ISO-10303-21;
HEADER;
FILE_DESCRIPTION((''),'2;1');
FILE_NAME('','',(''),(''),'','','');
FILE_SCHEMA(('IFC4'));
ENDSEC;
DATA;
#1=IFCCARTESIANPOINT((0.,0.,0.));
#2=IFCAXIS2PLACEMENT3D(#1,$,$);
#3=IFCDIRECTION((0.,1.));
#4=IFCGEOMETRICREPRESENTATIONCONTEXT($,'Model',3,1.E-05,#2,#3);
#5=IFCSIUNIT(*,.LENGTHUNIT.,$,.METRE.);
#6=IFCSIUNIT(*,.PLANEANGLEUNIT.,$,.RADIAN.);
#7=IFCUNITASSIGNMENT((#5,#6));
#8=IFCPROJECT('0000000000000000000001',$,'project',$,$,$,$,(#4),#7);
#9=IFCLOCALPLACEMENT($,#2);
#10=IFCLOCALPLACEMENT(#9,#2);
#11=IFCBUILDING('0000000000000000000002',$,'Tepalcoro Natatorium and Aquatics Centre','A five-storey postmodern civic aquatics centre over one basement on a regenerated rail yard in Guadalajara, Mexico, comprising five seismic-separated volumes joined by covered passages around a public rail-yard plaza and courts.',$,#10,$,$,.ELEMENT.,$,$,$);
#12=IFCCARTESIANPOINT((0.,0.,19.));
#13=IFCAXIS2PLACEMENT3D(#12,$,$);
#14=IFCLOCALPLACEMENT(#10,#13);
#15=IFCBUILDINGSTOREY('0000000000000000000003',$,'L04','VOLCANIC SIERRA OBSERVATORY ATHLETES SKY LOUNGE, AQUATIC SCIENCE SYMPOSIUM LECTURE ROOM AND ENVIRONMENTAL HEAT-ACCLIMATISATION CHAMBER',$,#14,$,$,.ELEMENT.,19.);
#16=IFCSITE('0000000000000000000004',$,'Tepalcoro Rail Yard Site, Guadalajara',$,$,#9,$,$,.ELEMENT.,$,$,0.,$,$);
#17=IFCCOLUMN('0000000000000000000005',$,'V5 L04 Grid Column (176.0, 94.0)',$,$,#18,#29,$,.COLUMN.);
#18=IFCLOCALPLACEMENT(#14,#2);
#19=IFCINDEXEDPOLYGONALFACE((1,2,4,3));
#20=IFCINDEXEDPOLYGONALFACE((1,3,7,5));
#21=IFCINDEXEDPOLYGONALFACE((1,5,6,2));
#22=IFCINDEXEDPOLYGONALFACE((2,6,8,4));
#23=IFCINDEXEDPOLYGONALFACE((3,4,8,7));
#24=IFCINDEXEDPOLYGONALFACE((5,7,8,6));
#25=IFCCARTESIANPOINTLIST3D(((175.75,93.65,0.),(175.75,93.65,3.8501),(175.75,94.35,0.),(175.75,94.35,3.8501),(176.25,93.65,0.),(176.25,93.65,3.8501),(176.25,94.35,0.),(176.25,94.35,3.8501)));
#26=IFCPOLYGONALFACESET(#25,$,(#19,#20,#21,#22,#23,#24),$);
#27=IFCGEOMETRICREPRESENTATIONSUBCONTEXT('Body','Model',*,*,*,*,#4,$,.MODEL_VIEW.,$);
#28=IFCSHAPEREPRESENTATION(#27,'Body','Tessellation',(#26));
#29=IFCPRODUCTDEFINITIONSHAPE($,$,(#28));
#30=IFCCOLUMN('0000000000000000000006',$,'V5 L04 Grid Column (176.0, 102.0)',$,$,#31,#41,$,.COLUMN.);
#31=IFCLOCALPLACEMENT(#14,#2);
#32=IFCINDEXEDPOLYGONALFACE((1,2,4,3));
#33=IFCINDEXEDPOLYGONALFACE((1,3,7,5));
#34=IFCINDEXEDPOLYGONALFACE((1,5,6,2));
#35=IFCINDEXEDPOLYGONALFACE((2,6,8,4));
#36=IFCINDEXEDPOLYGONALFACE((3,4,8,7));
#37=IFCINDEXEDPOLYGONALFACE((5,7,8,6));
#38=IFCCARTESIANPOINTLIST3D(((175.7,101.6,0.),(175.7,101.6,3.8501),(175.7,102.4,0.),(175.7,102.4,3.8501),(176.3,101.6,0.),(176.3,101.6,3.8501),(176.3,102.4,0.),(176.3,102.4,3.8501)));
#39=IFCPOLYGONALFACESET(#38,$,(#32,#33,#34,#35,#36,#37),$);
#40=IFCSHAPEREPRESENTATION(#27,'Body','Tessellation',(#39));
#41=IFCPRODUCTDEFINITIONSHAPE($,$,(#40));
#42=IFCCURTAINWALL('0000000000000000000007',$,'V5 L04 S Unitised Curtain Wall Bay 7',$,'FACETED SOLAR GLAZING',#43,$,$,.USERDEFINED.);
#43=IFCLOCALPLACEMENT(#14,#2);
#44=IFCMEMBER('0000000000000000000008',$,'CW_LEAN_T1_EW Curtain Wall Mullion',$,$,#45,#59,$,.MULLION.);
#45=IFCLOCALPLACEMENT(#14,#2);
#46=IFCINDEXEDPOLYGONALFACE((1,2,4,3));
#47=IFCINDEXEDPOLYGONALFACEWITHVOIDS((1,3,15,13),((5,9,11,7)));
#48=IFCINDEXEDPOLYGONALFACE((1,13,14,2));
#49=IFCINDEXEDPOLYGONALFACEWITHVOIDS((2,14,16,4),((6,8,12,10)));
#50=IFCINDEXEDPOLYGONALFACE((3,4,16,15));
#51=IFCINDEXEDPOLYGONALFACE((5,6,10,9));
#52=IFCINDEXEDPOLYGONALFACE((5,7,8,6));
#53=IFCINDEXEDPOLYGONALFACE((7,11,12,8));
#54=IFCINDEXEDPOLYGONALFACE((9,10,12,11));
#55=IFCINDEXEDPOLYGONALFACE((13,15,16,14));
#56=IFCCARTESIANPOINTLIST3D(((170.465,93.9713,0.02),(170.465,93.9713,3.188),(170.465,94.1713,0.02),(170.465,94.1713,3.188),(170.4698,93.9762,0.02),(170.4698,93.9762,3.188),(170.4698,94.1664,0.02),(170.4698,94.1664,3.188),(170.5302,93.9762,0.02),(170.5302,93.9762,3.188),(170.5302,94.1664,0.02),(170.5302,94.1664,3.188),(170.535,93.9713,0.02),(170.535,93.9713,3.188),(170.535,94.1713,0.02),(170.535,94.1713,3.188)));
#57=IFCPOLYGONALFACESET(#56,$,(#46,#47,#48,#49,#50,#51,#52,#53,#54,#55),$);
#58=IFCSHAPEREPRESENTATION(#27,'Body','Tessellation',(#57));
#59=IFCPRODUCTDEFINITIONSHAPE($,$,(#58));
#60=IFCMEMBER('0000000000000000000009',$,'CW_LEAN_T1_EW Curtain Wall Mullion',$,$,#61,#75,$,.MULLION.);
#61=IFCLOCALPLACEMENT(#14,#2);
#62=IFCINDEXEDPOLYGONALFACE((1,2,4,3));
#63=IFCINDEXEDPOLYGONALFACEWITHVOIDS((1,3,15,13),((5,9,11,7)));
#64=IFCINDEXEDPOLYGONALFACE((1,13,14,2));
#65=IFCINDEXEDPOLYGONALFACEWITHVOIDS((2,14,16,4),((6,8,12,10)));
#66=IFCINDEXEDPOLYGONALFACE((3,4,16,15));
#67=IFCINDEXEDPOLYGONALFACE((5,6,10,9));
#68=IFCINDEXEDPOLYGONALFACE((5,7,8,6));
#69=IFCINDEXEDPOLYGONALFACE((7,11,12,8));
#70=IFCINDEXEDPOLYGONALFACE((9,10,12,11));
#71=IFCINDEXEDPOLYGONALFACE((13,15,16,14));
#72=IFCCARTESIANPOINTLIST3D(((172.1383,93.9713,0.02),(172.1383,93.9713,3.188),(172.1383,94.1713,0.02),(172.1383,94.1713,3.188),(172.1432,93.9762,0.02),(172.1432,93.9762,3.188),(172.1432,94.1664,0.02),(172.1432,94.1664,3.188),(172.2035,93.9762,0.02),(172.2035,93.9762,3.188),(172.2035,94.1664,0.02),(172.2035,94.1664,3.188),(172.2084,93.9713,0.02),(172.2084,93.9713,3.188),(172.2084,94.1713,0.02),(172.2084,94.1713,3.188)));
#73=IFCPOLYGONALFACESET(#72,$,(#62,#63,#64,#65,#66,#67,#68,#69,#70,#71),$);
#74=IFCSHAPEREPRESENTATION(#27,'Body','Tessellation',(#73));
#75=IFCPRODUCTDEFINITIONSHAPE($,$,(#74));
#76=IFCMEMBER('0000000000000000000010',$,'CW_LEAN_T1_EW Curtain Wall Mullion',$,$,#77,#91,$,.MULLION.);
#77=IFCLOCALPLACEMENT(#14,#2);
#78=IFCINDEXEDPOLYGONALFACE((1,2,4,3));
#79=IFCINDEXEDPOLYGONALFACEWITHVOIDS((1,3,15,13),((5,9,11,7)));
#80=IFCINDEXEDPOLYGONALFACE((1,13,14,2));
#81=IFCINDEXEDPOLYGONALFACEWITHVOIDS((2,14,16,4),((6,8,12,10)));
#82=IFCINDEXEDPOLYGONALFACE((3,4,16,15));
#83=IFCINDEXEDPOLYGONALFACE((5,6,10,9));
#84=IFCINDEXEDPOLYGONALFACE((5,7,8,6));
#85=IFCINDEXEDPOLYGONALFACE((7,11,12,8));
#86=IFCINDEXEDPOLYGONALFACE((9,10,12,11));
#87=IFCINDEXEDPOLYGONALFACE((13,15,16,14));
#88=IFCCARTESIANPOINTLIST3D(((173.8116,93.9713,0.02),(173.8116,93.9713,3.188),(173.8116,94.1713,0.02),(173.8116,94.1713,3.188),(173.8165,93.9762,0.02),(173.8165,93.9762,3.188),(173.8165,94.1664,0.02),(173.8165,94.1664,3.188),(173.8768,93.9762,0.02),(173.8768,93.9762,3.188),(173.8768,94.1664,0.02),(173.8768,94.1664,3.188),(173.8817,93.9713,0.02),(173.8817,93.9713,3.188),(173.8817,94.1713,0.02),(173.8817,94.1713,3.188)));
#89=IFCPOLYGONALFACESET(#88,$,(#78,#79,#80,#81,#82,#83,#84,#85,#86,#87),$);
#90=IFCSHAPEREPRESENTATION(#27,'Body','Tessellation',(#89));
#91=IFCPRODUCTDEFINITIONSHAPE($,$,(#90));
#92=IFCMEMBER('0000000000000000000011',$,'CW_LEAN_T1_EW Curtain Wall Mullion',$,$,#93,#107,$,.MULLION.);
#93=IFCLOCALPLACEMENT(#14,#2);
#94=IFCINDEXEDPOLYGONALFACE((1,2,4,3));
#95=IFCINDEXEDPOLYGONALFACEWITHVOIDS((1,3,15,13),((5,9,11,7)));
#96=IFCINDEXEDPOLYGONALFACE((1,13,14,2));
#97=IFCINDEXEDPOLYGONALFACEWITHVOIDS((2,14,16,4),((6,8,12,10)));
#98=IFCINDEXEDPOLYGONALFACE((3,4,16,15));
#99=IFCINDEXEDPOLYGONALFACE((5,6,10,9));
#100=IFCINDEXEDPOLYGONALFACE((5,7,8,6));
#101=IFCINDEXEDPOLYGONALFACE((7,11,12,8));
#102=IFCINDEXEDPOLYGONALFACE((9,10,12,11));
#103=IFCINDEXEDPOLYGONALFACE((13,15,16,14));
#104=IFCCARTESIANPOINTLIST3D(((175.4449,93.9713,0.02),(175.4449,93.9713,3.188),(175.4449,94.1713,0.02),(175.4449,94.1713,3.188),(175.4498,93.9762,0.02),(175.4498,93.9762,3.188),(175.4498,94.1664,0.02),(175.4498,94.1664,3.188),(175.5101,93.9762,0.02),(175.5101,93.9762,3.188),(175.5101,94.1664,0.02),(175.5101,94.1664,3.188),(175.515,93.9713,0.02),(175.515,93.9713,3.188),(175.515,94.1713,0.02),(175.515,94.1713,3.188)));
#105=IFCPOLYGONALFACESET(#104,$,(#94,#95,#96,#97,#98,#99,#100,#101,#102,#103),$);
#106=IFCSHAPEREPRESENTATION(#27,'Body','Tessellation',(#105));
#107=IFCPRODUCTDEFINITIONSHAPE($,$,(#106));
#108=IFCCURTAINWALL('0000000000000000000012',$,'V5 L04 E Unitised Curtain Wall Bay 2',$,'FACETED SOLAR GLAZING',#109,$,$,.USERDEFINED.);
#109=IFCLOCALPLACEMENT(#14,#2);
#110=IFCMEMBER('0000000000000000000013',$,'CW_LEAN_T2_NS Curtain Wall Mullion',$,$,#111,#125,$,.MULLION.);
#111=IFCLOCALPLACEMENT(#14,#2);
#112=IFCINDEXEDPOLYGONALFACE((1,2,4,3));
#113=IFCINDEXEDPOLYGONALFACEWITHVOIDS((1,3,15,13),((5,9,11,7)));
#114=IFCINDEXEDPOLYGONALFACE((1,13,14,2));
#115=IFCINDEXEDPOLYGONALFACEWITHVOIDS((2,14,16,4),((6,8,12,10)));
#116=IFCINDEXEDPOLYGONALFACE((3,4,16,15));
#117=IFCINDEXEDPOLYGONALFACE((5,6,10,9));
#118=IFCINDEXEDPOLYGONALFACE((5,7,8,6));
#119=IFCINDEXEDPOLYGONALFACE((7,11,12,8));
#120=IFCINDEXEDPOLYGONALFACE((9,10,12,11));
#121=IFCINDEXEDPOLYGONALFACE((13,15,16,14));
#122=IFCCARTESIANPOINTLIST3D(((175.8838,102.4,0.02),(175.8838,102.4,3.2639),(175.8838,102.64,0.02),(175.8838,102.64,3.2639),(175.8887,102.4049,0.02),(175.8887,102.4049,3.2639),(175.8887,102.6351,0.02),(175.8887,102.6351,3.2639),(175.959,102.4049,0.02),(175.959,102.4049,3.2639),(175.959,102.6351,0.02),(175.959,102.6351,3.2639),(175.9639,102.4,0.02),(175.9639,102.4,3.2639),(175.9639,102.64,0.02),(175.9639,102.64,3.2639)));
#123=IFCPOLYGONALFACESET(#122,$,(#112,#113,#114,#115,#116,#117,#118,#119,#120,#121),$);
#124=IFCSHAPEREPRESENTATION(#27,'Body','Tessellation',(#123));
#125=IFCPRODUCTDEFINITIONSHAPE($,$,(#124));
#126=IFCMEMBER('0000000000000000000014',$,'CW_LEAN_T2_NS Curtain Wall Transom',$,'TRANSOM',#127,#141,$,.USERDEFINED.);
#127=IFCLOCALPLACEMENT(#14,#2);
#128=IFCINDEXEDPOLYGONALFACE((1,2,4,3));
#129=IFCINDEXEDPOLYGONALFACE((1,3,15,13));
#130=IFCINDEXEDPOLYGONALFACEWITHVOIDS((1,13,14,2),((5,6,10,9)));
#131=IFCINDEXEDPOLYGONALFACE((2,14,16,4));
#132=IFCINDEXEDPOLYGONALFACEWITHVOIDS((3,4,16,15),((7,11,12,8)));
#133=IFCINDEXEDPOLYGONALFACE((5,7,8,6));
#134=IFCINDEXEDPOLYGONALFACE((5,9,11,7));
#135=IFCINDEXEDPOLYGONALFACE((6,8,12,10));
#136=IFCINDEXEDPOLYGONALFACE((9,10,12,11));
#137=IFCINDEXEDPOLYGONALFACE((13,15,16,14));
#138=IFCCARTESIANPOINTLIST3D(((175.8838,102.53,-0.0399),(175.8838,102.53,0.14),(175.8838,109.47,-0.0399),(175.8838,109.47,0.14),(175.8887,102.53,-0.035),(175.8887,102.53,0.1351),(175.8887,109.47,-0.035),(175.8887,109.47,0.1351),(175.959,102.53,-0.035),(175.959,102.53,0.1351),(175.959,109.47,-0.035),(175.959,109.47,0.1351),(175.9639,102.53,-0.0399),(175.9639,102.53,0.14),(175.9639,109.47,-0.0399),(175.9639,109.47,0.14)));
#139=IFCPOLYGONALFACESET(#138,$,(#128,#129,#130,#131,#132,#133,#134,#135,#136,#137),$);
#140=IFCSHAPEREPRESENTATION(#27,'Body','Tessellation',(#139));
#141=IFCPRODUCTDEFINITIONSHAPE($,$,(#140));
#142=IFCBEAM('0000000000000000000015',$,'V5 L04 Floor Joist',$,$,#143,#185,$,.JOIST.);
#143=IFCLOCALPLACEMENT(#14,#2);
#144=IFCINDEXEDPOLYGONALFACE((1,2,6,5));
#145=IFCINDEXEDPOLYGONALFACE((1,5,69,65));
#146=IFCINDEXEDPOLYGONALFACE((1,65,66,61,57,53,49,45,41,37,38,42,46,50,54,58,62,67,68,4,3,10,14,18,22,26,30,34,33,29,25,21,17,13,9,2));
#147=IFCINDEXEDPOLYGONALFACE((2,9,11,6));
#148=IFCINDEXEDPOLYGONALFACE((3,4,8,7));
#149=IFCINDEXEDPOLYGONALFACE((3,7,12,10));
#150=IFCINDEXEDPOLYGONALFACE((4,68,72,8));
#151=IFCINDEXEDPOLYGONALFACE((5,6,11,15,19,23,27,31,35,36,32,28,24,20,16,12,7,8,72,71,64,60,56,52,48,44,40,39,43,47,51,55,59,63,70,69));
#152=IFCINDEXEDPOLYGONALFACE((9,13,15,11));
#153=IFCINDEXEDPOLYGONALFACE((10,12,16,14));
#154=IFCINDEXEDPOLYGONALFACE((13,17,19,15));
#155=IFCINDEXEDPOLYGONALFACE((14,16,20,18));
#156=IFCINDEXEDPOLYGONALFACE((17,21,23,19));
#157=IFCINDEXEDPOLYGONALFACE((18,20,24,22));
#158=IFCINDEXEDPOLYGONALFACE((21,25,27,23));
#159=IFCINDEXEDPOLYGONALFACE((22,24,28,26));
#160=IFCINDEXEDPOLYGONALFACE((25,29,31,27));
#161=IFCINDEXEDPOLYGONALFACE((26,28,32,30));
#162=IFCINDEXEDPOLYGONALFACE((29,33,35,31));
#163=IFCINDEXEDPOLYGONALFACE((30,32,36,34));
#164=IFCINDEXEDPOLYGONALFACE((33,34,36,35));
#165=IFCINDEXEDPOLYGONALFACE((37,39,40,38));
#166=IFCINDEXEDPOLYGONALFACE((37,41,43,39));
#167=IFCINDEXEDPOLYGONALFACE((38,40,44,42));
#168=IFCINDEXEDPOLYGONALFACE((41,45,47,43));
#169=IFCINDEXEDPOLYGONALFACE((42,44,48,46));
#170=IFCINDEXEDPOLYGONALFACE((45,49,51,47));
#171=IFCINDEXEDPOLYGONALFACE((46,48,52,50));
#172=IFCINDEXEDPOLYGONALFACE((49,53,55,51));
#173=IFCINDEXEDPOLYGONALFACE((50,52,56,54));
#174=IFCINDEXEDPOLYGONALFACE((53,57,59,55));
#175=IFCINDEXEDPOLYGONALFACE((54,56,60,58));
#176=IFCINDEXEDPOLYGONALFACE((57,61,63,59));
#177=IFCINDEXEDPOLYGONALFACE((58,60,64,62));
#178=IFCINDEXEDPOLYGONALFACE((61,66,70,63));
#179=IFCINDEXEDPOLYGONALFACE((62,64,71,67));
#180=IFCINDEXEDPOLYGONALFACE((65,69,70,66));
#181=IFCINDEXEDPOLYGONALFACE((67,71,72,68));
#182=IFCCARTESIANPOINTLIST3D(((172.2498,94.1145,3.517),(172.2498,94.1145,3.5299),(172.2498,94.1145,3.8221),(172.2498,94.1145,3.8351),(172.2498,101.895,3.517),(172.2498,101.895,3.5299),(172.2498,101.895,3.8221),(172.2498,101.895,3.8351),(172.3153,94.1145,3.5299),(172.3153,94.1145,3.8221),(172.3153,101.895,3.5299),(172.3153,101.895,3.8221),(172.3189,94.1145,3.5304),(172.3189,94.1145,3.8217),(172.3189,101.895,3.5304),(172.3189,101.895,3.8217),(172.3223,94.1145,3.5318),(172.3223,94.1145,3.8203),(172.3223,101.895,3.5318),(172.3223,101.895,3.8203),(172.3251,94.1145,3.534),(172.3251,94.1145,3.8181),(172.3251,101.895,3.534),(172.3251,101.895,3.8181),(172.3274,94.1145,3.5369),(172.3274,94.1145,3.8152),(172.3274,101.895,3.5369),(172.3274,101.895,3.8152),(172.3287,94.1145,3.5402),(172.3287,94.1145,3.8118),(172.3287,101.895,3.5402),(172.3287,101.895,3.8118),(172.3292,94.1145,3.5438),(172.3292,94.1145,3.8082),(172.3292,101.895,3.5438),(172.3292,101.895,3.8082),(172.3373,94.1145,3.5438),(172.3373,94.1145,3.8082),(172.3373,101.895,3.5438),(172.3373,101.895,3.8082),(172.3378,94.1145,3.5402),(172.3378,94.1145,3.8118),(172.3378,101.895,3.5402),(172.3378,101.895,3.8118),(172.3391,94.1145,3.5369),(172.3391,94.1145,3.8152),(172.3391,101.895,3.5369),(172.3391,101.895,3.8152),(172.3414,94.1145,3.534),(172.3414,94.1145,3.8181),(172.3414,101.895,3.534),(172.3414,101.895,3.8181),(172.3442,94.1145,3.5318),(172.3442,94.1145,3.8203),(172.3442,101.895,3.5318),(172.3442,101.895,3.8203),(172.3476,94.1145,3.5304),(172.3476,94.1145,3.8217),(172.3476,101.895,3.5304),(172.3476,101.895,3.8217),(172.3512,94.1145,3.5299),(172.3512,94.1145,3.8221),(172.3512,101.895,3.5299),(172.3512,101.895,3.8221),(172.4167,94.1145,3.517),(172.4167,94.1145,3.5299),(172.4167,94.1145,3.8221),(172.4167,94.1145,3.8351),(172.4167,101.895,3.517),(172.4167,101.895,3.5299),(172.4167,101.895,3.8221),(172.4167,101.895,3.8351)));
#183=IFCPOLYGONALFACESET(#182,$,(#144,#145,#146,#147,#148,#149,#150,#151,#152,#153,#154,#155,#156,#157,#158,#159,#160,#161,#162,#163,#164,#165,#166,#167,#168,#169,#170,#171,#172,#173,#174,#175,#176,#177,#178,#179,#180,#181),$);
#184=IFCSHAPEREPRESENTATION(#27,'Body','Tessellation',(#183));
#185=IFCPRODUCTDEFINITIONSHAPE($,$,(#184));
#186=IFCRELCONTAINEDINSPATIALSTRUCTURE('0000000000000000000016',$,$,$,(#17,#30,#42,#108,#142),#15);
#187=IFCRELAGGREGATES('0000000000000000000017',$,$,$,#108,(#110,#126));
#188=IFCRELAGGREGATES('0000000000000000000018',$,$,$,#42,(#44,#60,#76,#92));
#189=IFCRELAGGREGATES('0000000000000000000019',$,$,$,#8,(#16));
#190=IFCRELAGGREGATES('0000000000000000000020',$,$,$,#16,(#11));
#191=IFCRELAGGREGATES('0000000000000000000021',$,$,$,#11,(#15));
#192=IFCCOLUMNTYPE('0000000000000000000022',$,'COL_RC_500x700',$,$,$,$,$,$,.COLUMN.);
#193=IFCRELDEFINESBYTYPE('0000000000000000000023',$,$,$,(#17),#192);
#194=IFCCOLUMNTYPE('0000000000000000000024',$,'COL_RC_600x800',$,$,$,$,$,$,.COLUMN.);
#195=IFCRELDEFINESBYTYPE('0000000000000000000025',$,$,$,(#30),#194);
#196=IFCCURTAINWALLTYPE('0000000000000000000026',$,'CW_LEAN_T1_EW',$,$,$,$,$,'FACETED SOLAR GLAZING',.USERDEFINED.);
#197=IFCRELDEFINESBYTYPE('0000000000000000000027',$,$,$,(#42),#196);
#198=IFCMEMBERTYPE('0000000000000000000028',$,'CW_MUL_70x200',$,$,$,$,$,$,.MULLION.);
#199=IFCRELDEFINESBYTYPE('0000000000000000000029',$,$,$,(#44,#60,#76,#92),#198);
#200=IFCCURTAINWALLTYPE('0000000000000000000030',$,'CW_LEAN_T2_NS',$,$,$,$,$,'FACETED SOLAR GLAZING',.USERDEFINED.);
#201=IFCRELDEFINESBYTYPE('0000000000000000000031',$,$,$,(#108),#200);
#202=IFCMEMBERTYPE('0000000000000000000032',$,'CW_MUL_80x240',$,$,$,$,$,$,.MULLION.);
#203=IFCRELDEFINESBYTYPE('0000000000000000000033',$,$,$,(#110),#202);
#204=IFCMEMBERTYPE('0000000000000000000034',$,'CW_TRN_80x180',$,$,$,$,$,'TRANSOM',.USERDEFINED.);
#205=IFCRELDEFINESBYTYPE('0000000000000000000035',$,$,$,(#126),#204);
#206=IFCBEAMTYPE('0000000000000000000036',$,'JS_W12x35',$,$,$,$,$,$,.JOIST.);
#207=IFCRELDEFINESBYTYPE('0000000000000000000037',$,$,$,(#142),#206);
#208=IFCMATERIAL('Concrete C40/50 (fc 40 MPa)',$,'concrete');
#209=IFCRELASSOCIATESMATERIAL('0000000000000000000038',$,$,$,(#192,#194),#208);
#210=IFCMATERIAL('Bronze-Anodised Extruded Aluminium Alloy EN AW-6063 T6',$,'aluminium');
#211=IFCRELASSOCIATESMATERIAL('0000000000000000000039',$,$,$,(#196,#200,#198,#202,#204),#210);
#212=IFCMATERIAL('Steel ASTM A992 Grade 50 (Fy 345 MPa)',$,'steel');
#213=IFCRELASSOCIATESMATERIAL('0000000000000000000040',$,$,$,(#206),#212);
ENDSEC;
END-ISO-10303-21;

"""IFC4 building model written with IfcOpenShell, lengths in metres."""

from ifc_helpers import new_model, si_unit, direction, frame, origin, origin_2d, place, context, subcontext, project, spatial, rectangle, hollow_rectangle, i_section, extrude, material, material_profile, profile_set, type_object, element, aggregate, save


model = new_model("IFC4")

# Units and contexts
model_context = context("Model", 3, precision=1e-05, world=origin(), true_north=direction((0.0, 1.0)))
body_context = subcontext(model_context, "Body", "Model", "MODEL_VIEW")
ifc_project = project(units=[si_unit("LENGTHUNIT", "METRE"), si_unit("PLANEANGLEUNIT", "RADIAN")], contexts=[model_context])

# Site, building, storey
site_placement = place(None, origin())
site = spatial("IfcSite", under=ifc_project, at=site_placement, Name="Tepalcoro Rail Yard Site, Guadalajara", CompositionType="ELEMENT", RefElevation=0.0)
building_placement = place(site_placement, origin())
building = spatial("IfcBuilding", under=site, at=building_placement, Name="Tepalcoro Natatorium and Aquatics Centre", Description="A five-storey postmodern civic aquatics centre over one basement on a regenerated rail yard in Guadalajara, Mexico, comprising five seismic-separated volumes joined by covered passages around a public rail-yard plaza and courts.", CompositionType="ELEMENT")
storey_placement = place(building_placement, frame((0.0, 0.0, 19.0)))
storey = spatial("IfcBuildingStorey", under=building, at=storey_placement, Name="L04", Description="VOLCANIC SIERRA OBSERVATORY ATHLETES SKY LOUNGE, AQUATIC SCIENCE SYMPOSIUM LECTURE ROOM AND ENVIRONMENTAL HEAT-ACCLIMATISATION CHAMBER", CompositionType="ELEMENT", Elevation=19.0)

# Columns
ifc_material_1 = material(Name="Concrete C40/50 (fc 40 MPa)", Category="concrete")
ifc_material_profile_1 = material_profile(ifc_material_1, rectangle(XDim=0.5, YDim=0.7, at=origin_2d()), Name="RC500x700")
ifc_profile_set_1 = profile_set([ifc_material_profile_1], Name="Concrete C40/50 (fc 40 MPa)")
column_type_1 = type_object("IfcColumnType", Name="COL_RC_500x700", PredefinedType="COLUMN", material=ifc_profile_set_1)
column_1_placement = place(storey_placement, frame((176.0, 94.0, 0.0), z_axis=(0.0, 0.0, 1.0), x_axis=(1.0, 0.0, 0.0)))
element("IfcColumn", 1, at=column_1_placement, inside=storey, type_object=column_type_1, Name="V5 L04 Grid Column (176.0, 94.0)", PredefinedType="COLUMN", context=body_context, shape_type="SweptSolid", body=[
    extrude(rectangle(XDim=0.5, YDim=0.7, at=origin_2d()), origin(), (0.0, 0.0, 1.0), 3.8501),
])
ifc_material_profile_2 = material_profile(ifc_material_1, rectangle(XDim=0.6001, YDim=0.8, at=origin_2d()), Name="RC600x800")
ifc_profile_set_2 = profile_set([ifc_material_profile_2], Name="Concrete C40/50 (fc 40 MPa)")
column_type_2 = type_object("IfcColumnType", Name="COL_RC_600x800", PredefinedType="COLUMN", material=ifc_profile_set_2)
column_2_placement = place(storey_placement, frame((176.0, 102.0, 0.0), z_axis=(0.0, 0.0, 1.0), x_axis=(1.0, 0.0, 0.0)))
element("IfcColumn", 2, at=column_2_placement, inside=storey, type_object=column_type_2, Name="V5 L04 Grid Column (176.0, 102.0)", PredefinedType="COLUMN", context=body_context, shape_type="SweptSolid", body=[
    extrude(rectangle(XDim=0.6001, YDim=0.8, at=origin_2d()), origin(), (0.0, 0.0, 1.0), 3.8501),
])

# Curtain walls, members
ifc_material_2 = material(Name="Bronze-Anodised Extruded Aluminium Alloy EN AW-6063 T6", Category="aluminium")
curtain_wall_type_1 = type_object("IfcCurtainWallType", Name="CW_LEAN_T1_EW", ElementType="FACETED SOLAR GLAZING", PredefinedType="USERDEFINED", material=ifc_material_2)
curtain_wall_1_placement = place(storey_placement, origin())
curtain_wall_1 = element("IfcCurtainWall", 3, at=curtain_wall_1_placement, inside=storey, type_object=curtain_wall_type_1, Name="V5 L04 S Unitised Curtain Wall Bay 7", ObjectType="FACETED SOLAR GLAZING", PredefinedType="USERDEFINED")
ifc_material_profile_3 = material_profile(ifc_material_2, hollow_rectangle(XDim=0.0701, YDim=0.2, WallThickness=0.0049, at=origin_2d()), Name="AL70X200X5")
ifc_profile_set_3 = profile_set([ifc_material_profile_3], Name="Bronze-Anodised Extruded Aluminium Alloy EN AW-6063 T6")
member_type_1 = type_object("IfcMemberType", Name="CW_MUL_70x200", PredefinedType="MULLION", material=ifc_profile_set_3)
member_1_placement = place(storey_placement, frame((170.5, 94.0713, 0.02), z_axis=(0.0, 0.0, 1.0), x_axis=(1.0, 0.0, 0.0)))
member_1 = element("IfcMember", 4, at=member_1_placement, type_object=member_type_1, Name="CW_LEAN_T1_EW Curtain Wall Mullion", PredefinedType="MULLION", context=body_context, shape_type="SweptSolid", body=[
    extrude(hollow_rectangle(XDim=0.0701, YDim=0.2, WallThickness=0.0049, at=origin_2d()), origin(), (0.0, 0.0, 1.0), 3.168),
])
member_2_placement = place(storey_placement, frame((172.1733, 94.0713, 0.02), z_axis=(0.0, 0.0, 1.0), x_axis=(1.0, 0.0, 0.0)))
member_2 = element("IfcMember", 5, at=member_2_placement, type_object=member_type_1, Name="CW_LEAN_T1_EW Curtain Wall Mullion", PredefinedType="MULLION", context=body_context, shape_type="SweptSolid", body=[
    extrude(hollow_rectangle(XDim=0.0701, YDim=0.2, WallThickness=0.0049, at=origin_2d()), origin(), (0.0, 0.0, 1.0), 3.168),
])
member_3_placement = place(storey_placement, frame((173.8467, 94.0713, 0.02), z_axis=(0.0, 0.0, 1.0), x_axis=(1.0, 0.0, 0.0)))
member_3 = element("IfcMember", 6, at=member_3_placement, type_object=member_type_1, Name="CW_LEAN_T1_EW Curtain Wall Mullion", PredefinedType="MULLION", context=body_context, shape_type="SweptSolid", body=[
    extrude(hollow_rectangle(XDim=0.0701, YDim=0.2, WallThickness=0.0049, at=origin_2d()), origin(), (0.0, 0.0, 1.0), 3.168),
])
member_4_placement = place(storey_placement, frame((175.48, 94.0713, 0.02), z_axis=(0.0, 0.0, 1.0), x_axis=(1.0, 0.0, 0.0)))
member_4 = element("IfcMember", 7, at=member_4_placement, type_object=member_type_1, Name="CW_LEAN_T1_EW Curtain Wall Mullion", PredefinedType="MULLION", context=body_context, shape_type="SweptSolid", body=[
    extrude(hollow_rectangle(XDim=0.0701, YDim=0.2, WallThickness=0.0049, at=origin_2d()), origin(), (0.0, 0.0, 1.0), 3.168),
])
curtain_wall_type_2 = type_object("IfcCurtainWallType", Name="CW_LEAN_T2_NS", ElementType="FACETED SOLAR GLAZING", PredefinedType="USERDEFINED", material=ifc_material_2)
curtain_wall_2_placement = place(storey_placement, origin())
curtain_wall_2 = element("IfcCurtainWall", 8, at=curtain_wall_2_placement, inside=storey, type_object=curtain_wall_type_2, Name="V5 L04 E Unitised Curtain Wall Bay 2", ObjectType="FACETED SOLAR GLAZING", PredefinedType="USERDEFINED")
ifc_material_profile_4 = material_profile(ifc_material_2, hollow_rectangle(XDim=0.0801, YDim=0.24, WallThickness=0.0049, at=origin_2d()), Name="AL80X240X5")
ifc_profile_set_4 = profile_set([ifc_material_profile_4], Name="Bronze-Anodised Extruded Aluminium Alloy EN AW-6063 T6")
member_type_2 = type_object("IfcMemberType", Name="CW_MUL_80x240", PredefinedType="MULLION", material=ifc_profile_set_4)
member_5_placement = place(storey_placement, frame((175.9238, 102.52, 0.02), z_axis=(0.0, 0.0, 1.0), x_axis=(1.0, 0.0, 0.0)))
member_5 = element("IfcMember", 9, at=member_5_placement, type_object=member_type_2, Name="CW_LEAN_T2_NS Curtain Wall Mullion", PredefinedType="MULLION", context=body_context, shape_type="SweptSolid", body=[
    extrude(hollow_rectangle(XDim=0.0801, YDim=0.24, WallThickness=0.0049, at=origin_2d()), origin(), (0.0, 0.0, 1.0), 3.2439),
])
ifc_material_profile_5 = material_profile(ifc_material_2, hollow_rectangle(XDim=0.0801, YDim=0.1799, WallThickness=0.0049, at=origin_2d()), Name="AL80X180X5")
ifc_profile_set_5 = profile_set([ifc_material_profile_5], Name="Bronze-Anodised Extruded Aluminium Alloy EN AW-6063 T6")
member_type_3 = type_object("IfcMemberType", Name="CW_TRN_80x180", ElementType="TRANSOM", PredefinedType="USERDEFINED", material=ifc_profile_set_5)
member_6_placement = place(storey_placement, frame((175.9238, 102.53, 0.05), z_axis=(0.0, 1.0, 0.0), x_axis=(-1.0, 0.0, 0.0)))
member_6 = element("IfcMember", 10, at=member_6_placement, type_object=member_type_3, Name="CW_LEAN_T2_NS Curtain Wall Transom", ObjectType="TRANSOM", PredefinedType="USERDEFINED", context=body_context, shape_type="SweptSolid", body=[
    extrude(hollow_rectangle(XDim=0.0801, YDim=0.1799, WallThickness=0.0049, at=origin_2d()), origin(), (0.0, 0.0, 1.0), 6.9399),
])
aggregate(curtain_wall_2, [member_5, member_6])

# Beam
ifc_material_3 = material(Name="Steel ASTM A992 Grade 50 (Fy 345 MPa)", Category="steel")
ifc_material_profile_6 = material_profile(ifc_material_3, i_section(OverallWidth=0.167, OverallDepth=0.3181, WebThickness=0.0081, FlangeThickness=0.0129, FilletRadius=0.0139, at=origin_2d()), Name="W12X35")
ifc_profile_set_6 = profile_set([ifc_material_profile_6], Name="Steel ASTM A992 Grade 50 (Fy 345 MPa)")
beam_type_1 = type_object("IfcBeamType", Name="JS_W12x35", PredefinedType="JOIST", material=ifc_profile_set_6)
beam_1_placement = place(storey_placement, frame((172.3333, 94.1145, 3.676), z_axis=(0.0, 1.0, 0.0), x_axis=(-1.0, 0.0, 0.0)))
element("IfcBeam", 11, at=beam_1_placement, inside=storey, type_object=beam_type_1, Name="V5 L04 Floor Joist", PredefinedType="JOIST", context=body_context, shape_type="SweptSolid", body=[
    extrude(i_section(OverallWidth=0.167, OverallDepth=0.3181, WebThickness=0.0081, FlangeThickness=0.0129, FilletRadius=0.0139, at=origin_2d()), origin(), (0.0, 0.0, 1.0), 7.7805),
])

aggregate(curtain_wall_1, [member_1, member_2, member_3, member_4])

save(model, "model.ifc")
